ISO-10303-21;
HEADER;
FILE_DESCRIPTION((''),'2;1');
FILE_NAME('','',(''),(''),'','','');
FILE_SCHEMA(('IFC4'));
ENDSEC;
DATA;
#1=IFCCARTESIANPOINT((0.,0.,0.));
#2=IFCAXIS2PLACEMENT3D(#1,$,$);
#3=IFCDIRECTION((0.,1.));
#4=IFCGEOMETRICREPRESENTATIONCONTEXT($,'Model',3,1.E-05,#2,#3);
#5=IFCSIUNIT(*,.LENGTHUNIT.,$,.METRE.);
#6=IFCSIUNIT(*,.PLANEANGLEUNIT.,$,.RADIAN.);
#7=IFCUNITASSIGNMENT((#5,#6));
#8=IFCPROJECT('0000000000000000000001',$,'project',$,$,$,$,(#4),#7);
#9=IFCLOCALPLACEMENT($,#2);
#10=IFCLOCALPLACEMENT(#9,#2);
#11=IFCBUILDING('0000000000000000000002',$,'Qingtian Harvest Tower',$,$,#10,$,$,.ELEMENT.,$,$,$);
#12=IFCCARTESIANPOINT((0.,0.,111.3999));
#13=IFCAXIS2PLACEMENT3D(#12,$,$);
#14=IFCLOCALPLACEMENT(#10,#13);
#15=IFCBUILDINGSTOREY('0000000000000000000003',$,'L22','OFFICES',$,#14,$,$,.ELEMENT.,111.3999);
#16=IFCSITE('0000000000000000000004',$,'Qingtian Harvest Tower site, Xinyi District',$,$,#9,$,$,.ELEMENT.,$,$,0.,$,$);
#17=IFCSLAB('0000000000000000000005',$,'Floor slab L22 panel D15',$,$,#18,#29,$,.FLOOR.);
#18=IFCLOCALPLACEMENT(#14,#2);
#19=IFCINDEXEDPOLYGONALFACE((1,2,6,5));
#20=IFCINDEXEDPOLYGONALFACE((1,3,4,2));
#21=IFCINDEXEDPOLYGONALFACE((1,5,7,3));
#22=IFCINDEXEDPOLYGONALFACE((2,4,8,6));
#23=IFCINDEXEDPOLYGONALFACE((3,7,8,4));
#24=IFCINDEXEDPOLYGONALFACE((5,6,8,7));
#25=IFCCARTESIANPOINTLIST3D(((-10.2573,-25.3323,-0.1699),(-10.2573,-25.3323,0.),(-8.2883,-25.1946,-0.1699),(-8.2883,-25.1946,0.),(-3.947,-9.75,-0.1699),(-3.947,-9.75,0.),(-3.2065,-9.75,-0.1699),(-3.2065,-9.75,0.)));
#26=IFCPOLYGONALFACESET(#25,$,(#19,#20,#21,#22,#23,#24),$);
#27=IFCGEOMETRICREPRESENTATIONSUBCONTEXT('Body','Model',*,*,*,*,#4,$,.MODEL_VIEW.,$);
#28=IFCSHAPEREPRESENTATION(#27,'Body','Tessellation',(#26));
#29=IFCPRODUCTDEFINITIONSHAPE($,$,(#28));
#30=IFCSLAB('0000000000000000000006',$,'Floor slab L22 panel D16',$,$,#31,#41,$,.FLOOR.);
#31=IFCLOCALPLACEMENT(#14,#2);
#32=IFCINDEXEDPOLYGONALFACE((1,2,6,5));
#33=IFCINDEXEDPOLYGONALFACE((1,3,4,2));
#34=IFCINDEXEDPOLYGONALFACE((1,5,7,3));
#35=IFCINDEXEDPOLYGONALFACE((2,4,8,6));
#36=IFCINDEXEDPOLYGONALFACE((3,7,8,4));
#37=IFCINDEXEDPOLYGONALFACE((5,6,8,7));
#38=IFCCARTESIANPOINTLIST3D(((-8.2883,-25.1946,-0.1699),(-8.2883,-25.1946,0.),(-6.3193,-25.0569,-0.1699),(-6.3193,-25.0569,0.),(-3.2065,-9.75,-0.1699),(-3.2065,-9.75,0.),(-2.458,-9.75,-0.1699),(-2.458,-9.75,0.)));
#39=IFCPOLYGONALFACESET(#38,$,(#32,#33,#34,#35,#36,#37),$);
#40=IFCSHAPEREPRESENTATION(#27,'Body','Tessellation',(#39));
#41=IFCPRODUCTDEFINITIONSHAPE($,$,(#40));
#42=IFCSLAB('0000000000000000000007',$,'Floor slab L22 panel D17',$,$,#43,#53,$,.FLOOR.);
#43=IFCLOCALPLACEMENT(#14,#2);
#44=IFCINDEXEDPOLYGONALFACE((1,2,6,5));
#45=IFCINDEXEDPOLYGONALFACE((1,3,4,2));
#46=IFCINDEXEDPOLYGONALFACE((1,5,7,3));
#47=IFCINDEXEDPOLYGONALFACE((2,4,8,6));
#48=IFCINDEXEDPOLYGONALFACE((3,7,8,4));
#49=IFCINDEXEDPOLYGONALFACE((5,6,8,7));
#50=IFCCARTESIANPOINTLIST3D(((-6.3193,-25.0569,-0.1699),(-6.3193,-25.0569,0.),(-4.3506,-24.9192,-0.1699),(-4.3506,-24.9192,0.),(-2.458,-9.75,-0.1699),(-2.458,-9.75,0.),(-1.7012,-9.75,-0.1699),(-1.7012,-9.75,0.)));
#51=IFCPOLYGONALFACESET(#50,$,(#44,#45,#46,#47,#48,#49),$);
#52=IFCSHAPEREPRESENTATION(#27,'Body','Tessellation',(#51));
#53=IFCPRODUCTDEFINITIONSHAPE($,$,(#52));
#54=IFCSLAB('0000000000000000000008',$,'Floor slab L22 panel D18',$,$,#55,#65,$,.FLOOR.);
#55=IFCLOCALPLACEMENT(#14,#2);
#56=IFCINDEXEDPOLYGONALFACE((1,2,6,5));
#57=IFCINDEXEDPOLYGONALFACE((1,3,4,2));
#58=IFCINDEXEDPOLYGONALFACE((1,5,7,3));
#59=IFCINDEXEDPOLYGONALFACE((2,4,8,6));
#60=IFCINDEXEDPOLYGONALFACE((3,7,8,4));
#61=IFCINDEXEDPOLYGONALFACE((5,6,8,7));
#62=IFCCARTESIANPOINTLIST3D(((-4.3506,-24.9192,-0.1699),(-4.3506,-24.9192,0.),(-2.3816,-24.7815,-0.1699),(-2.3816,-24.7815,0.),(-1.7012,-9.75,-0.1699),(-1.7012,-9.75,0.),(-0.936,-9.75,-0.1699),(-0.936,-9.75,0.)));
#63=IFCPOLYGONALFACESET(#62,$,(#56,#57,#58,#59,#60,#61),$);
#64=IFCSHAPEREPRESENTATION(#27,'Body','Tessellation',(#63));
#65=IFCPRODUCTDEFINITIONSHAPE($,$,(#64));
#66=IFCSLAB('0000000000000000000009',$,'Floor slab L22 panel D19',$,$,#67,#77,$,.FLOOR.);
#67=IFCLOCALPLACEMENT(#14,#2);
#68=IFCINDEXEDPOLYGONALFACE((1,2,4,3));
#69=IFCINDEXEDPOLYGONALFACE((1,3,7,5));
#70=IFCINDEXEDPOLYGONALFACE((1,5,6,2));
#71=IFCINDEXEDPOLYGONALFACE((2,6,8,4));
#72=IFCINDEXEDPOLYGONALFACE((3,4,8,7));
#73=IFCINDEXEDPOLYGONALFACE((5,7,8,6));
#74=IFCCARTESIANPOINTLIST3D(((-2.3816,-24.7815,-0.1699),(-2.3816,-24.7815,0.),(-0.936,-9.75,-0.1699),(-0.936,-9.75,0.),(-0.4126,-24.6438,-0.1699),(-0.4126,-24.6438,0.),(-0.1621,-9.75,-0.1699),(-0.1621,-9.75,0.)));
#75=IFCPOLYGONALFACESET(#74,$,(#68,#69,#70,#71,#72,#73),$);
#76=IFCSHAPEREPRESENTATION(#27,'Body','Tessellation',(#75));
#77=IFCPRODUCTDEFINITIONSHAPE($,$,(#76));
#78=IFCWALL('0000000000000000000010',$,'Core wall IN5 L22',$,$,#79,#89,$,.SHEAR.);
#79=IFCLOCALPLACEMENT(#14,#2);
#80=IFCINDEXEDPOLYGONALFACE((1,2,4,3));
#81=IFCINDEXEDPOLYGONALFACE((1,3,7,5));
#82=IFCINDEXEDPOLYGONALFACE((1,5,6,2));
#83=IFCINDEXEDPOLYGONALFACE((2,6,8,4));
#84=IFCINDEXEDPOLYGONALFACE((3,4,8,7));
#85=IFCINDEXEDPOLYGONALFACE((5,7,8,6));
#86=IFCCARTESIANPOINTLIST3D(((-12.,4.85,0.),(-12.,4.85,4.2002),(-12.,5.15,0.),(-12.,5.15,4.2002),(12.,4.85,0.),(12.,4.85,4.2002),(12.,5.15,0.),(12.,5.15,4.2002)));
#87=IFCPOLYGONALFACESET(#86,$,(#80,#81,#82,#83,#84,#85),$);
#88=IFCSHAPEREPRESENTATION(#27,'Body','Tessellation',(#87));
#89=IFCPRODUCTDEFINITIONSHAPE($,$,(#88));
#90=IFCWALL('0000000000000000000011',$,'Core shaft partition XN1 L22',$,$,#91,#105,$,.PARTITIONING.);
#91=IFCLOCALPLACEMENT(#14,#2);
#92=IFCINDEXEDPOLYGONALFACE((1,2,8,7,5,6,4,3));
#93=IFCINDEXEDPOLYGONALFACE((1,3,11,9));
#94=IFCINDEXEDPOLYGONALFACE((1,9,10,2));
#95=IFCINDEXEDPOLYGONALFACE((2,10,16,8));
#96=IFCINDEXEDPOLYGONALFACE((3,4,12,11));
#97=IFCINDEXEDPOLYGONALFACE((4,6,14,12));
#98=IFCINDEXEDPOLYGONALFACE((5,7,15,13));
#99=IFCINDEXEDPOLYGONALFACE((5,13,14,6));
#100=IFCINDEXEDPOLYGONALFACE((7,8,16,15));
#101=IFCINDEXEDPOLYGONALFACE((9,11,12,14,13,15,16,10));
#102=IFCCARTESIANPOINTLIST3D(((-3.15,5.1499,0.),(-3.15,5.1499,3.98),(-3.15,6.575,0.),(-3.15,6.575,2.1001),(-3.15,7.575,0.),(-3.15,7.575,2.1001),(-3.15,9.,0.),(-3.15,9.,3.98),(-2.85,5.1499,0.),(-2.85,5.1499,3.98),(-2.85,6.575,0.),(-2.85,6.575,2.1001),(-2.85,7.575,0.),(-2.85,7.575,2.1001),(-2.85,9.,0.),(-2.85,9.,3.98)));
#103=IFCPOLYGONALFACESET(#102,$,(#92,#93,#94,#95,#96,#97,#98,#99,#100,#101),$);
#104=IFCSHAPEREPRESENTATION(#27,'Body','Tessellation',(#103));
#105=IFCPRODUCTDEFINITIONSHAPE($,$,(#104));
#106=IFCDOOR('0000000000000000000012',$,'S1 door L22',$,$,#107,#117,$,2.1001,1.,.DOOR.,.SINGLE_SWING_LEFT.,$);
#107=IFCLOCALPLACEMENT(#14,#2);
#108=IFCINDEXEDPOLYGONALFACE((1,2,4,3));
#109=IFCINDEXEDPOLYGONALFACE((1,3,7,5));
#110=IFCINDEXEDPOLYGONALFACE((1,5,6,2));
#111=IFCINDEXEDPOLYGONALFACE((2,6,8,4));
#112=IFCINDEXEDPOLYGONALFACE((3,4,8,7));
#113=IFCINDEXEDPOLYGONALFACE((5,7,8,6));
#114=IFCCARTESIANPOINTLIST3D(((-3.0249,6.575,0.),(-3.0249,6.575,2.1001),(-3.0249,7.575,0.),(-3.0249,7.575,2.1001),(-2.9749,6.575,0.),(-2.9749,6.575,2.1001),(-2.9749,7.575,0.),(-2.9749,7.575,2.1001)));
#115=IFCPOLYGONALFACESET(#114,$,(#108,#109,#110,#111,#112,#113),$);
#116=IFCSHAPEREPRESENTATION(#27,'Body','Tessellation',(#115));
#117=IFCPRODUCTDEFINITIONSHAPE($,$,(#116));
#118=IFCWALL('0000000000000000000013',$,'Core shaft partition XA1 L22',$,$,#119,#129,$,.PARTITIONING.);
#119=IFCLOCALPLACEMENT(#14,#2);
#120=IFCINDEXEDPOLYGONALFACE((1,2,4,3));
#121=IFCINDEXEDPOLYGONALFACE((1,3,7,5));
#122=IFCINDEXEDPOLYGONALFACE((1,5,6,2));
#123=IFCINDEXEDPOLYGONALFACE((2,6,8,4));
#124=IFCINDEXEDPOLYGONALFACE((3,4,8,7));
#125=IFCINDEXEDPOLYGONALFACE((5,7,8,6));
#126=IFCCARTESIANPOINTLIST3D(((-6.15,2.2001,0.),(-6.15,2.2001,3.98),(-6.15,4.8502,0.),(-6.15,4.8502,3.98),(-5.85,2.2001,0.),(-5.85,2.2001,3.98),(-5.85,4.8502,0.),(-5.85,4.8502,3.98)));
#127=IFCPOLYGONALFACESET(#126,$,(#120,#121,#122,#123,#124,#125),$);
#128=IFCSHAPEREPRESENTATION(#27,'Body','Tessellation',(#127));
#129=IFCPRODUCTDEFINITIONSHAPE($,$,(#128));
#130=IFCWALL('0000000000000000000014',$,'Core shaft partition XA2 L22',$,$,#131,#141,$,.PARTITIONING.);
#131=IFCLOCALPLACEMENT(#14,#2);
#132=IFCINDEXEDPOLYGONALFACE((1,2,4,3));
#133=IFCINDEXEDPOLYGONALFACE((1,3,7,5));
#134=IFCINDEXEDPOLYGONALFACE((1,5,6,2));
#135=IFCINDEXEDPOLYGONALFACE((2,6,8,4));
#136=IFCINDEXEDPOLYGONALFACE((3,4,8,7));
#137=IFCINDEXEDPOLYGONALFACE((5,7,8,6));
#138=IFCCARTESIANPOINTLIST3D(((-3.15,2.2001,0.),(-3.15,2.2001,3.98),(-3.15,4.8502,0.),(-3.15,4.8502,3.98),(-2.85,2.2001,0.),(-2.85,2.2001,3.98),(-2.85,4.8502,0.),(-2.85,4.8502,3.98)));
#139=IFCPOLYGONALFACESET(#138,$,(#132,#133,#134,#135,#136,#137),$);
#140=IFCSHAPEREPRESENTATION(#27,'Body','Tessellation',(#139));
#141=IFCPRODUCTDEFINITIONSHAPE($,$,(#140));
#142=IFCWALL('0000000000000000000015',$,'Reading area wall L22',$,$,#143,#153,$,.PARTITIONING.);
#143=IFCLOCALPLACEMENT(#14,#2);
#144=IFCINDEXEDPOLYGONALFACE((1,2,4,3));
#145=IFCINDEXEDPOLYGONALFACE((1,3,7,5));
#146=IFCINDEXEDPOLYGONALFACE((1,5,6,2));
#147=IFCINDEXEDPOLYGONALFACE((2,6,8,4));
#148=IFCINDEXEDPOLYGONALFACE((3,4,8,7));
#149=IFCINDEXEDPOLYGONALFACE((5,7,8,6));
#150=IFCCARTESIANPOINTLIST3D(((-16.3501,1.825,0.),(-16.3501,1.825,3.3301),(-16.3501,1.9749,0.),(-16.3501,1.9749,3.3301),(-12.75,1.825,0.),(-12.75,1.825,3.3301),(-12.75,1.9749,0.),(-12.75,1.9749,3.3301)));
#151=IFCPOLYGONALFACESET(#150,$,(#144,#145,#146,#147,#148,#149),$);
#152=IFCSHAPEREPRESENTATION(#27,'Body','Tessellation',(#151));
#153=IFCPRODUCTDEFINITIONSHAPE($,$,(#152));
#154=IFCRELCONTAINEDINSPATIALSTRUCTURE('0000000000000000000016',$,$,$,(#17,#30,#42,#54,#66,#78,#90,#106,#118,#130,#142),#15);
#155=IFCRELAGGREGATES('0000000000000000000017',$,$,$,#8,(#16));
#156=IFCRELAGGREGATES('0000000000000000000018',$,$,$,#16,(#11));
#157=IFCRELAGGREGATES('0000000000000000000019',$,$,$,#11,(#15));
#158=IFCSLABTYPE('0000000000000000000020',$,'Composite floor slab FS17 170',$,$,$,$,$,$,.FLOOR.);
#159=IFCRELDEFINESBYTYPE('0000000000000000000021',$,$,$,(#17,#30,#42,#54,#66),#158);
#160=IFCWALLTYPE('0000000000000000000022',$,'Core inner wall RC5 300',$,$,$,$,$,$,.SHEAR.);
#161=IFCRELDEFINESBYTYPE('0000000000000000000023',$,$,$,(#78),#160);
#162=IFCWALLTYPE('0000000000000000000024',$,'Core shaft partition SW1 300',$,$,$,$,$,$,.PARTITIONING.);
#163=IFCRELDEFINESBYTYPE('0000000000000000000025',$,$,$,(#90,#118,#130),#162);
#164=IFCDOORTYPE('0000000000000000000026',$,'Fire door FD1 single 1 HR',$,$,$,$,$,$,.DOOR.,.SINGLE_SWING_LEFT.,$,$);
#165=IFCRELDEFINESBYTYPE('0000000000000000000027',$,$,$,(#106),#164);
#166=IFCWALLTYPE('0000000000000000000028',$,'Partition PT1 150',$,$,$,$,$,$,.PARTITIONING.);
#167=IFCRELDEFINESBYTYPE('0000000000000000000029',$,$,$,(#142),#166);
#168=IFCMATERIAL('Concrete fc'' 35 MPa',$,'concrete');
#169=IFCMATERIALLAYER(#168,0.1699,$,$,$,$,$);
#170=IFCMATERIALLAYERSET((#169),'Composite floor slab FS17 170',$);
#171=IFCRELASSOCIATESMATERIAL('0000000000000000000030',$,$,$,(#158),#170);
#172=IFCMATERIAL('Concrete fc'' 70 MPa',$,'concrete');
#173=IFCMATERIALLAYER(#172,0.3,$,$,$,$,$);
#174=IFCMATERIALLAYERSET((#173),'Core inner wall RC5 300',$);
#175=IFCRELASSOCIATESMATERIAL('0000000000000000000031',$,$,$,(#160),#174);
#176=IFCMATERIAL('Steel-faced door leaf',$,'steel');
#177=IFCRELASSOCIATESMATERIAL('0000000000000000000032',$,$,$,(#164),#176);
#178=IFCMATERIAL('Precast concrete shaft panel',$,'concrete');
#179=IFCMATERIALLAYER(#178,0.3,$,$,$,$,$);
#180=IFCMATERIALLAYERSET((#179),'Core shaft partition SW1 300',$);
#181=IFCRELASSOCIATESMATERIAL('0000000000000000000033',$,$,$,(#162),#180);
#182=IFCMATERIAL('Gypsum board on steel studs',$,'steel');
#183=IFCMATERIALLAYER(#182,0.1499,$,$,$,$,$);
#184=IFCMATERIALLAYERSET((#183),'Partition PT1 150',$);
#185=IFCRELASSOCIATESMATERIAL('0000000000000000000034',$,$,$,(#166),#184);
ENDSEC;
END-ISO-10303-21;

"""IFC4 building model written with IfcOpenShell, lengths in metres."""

from ifc_helpers import new_model, si_unit, direction, frame, frame_2d, origin, place, context, subcontext, project, spatial, polyline, rectangle, outline, extrude, material, layer, layer_set, type_object, element, fill, save


model = new_model("IFC4")

# Units and contexts
model_context = context("Model", 3, precision=1e-05, world=origin(), true_north=direction((0.0, 1.0)))
body_context = subcontext(model_context, "Body", "Model", "MODEL_VIEW")
ifc_project = project(units=[si_unit("LENGTHUNIT", "METRE"), si_unit("PLANEANGLEUNIT", "RADIAN")], contexts=[model_context])

# Site, building, storey
site_placement = place(None, origin())
site = spatial("IfcSite", under=ifc_project, at=site_placement, Name="Qingtian Harvest Tower site, Xinyi District", CompositionType="ELEMENT", RefElevation=0.0)
building_placement = place(site_placement, origin())
building = spatial("IfcBuilding", under=site, at=building_placement, Name="Qingtian Harvest Tower", CompositionType="ELEMENT")
storey_placement = place(building_placement, frame((0.0, 0.0, 111.3999)))
storey = spatial("IfcBuildingStorey", under=building, at=storey_placement, Name="L22", Description="OFFICES", CompositionType="ELEMENT", Elevation=111.3999)

# Slabs
ifc_material_1 = material(Name="Concrete fc' 35 MPa", Category="concrete")
ifc_layer_1 = layer(ifc_material_1, 0.1699)
ifc_layer_set_1 = layer_set([ifc_layer_1], Name="Composite floor slab FS17 170")
slab_type = type_object("IfcSlabType", Name="Composite floor slab FS17 170", PredefinedType="FLOOR", material=ifc_layer_set_1)
slab_1_placement = place(storey_placement, frame((0.0, 0.0, -0.1699)))
element("IfcSlab", 1, at=slab_1_placement, inside=storey, type_object=slab_type, Name="Floor slab L22 panel D15", PredefinedType="FLOOR", context=body_context, shape_type="SweptSolid", body=[
    extrude(outline(polyline([(-3.2065, -9.75), (-8.2883, -25.1946), (-10.2573, -25.3323), (-3.947, -9.75), (-3.2065, -9.75)])), origin(), (0.0, 0.0, 1.0), 0.1699),
])
slab_2_placement = place(storey_placement, frame((0.0, 0.0, -0.1699)))
element("IfcSlab", 2, at=slab_2_placement, inside=storey, type_object=slab_type, Name="Floor slab L22 panel D16", PredefinedType="FLOOR", context=body_context, shape_type="SweptSolid", body=[
    extrude(outline(polyline([(-2.458, -9.75), (-6.3193, -25.0569), (-8.2883, -25.1946), (-3.2065, -9.75), (-2.458, -9.75)])), origin(), (0.0, 0.0, 1.0), 0.1699),
])
slab_3_placement = place(storey_placement, frame((0.0, 0.0, -0.1699)))
element("IfcSlab", 3, at=slab_3_placement, inside=storey, type_object=slab_type, Name="Floor slab L22 panel D17", PredefinedType="FLOOR", context=body_context, shape_type="SweptSolid", body=[
    extrude(outline(polyline([(-1.7012, -9.75), (-4.3506, -24.9192), (-6.3193, -25.0569), (-2.458, -9.75), (-1.7012, -9.75)])), origin(), (0.0, 0.0, 1.0), 0.1699),
])
slab_4_placement = place(storey_placement, frame((0.0, 0.0, -0.1699)))
element("IfcSlab", 4, at=slab_4_placement, inside=storey, type_object=slab_type, Name="Floor slab L22 panel D18", PredefinedType="FLOOR", context=body_context, shape_type="SweptSolid", body=[
    extrude(outline(polyline([(-0.936, -9.75), (-2.3816, -24.7815), (-4.3506, -24.9192), (-1.7012, -9.75), (-0.936, -9.75)])), origin(), (0.0, 0.0, 1.0), 0.1699),
])
slab_5_placement = place(storey_placement, frame((0.0, 0.0, -0.1699)))
element("IfcSlab", 5, at=slab_5_placement, inside=storey, type_object=slab_type, Name="Floor slab L22 panel D19", PredefinedType="FLOOR", context=body_context, shape_type="SweptSolid", body=[
    extrude(outline(polyline([(-0.1621, -9.75), (-0.4126, -24.6438), (-2.3816, -24.7815), (-0.936, -9.75), (-0.1621, -9.75)])), origin(), (0.0, 0.0, 1.0), 0.1699),
])

# Wall
ifc_material_2 = material(Name="Concrete fc' 70 MPa", Category="concrete")
ifc_layer_2 = layer(ifc_material_2, 0.3)
ifc_layer_set_2 = layer_set([ifc_layer_2], Name="Core inner wall RC5 300")
wall_type_1 = type_object("IfcWallType", Name="Core inner wall RC5 300", PredefinedType="SHEAR", material=ifc_layer_set_2)
wall_1_placement = place(storey_placement, frame((-12.0, 5.0, 0.0), z_axis=(0.0, 0.0, 1.0), x_axis=(1.0, 0.0, 0.0)))
element("IfcWall", 6, at=wall_1_placement, inside=storey, type_object=wall_type_1, Name="Core wall IN5 L22", PredefinedType="SHEAR", context=body_context, shape_type="SweptSolid", body=[
    extrude(rectangle(XDim=24.0, YDim=0.3, at=frame_2d((12.0, 0.0))), origin(), (0.0, 0.0, 1.0), 4.2002),
])

# Shared definitions
ifc_material_3 = material(Name="Steel-faced door leaf", Category="steel")
door_type_1 = type_object("IfcDoorType", Name="Fire door FD1 single 1 HR", OperationType="SINGLE_SWING_LEFT", PredefinedType="DOOR", material=ifc_material_3)

# Wall, opening, door
ifc_material_4 = material(Name="Precast concrete shaft panel", Category="concrete")
ifc_layer_3 = layer(ifc_material_4, 0.3)
ifc_layer_set_3 = layer_set([ifc_layer_3], Name="Core shaft partition SW1 300")
wall_type_2 = type_object("IfcWallType", Name="Core shaft partition SW1 300", PredefinedType="PARTITIONING", material=ifc_layer_set_3)
wall_2_placement = place(storey_placement, frame((-3.0, 5.1499, 0.0), z_axis=(0.0, 0.0, 1.0), x_axis=(0.0, 1.0, 0.0)))
wall_2 = element("IfcWall", 7, at=wall_2_placement, inside=storey, type_object=wall_type_2, Name="Core shaft partition XN1 L22", PredefinedType="PARTITIONING", context=body_context, shape_type="SweptSolid", body=[
    extrude(rectangle(XDim=3.8501, YDim=0.3, at=frame_2d((1.925, 0.0))), origin(), (0.0, 0.0, 1.0), 3.98),
])
opening_1_placement = place(wall_2_placement, frame((1.425, 0.0, 0.0)))
opening_1 = element("IfcOpeningElement", 8, at=opening_1_placement, cuts=wall_2, PredefinedType="OPENING", context=body_context, shape_type="SweptSolid", body=[
    extrude(rectangle(XDim=1.0, YDim=2.1001, at=frame_2d((0.5, 1.05))), frame((0.0, 0.1599, 0.0), z_axis=(0.0, -1.0, 0.0), x_axis=(1.0, 0.0, 0.0)), (0.0, 0.0, 1.0), 0.3201),
])
door_1_placement = place(opening_1_placement, origin())
door_1 = element("IfcDoor", 9, at=door_1_placement, inside=storey, type_object=door_type_1, Name="S1 door L22", OperationType="SINGLE_SWING_LEFT", OverallHeight=2.1001, OverallWidth=1.0, PredefinedType="DOOR", context=body_context, shape_type="SweptSolid", body=[
    extrude(rectangle(XDim=1.0, YDim=2.1001, at=frame_2d((0.5, 1.05))), frame((0.0, 0.0249, 0.0), z_axis=(0.0, -1.0, 0.0), x_axis=(1.0, 0.0, 0.0)), (0.0, 0.0, 1.0), 0.05),
])
fill(opening_1, door_1)

# Walls
for number, where, z_axis, x_axis, name in (
    (10, (-6.0, 2.2, 0.0), (0.0, 0.0, 1.0), (0.0, 1.0, 0.0), "Core shaft partition XA1 L22"),
    (11, (-3.0, 2.2, 0.0), (0.0, 0.0, 1.0), (0.0, 1.0, 0.0), "Core shaft partition XA2 L22"),
):
    element("IfcWall", number, at=place(storey_placement, frame(where, z_axis=z_axis, x_axis=x_axis)), inside=storey, type_object=wall_type_2, Name=name, PredefinedType="PARTITIONING", context=body_context, shape_type="SweptSolid", body=[
        extrude(rectangle(XDim=2.6501, YDim=0.3, at=frame_2d((1.3252, 0.0))), origin(), (0.0, 0.0, 1.0), 3.98),
    ])
ifc_material_5 = material(Name="Gypsum board on steel studs", Category="steel")
ifc_layer_4 = layer(ifc_material_5, 0.1499)
ifc_layer_set_4 = layer_set([ifc_layer_4], Name="Partition PT1 150")
wall_type_3 = type_object("IfcWallType", Name="Partition PT1 150", PredefinedType="PARTITIONING", material=ifc_layer_set_4)
wall_3_placement = place(storey_placement, frame((-12.75, 1.8999, 0.0), z_axis=(0.0, 0.0, 1.0), x_axis=(-1.0, 0.0, 0.0)))
element("IfcWall", 12, at=wall_3_placement, inside=storey, type_object=wall_type_3, Name="Reading area wall L22", PredefinedType="PARTITIONING", context=body_context, shape_type="SweptSolid", body=[
    extrude(rectangle(XDim=3.6001, YDim=0.1499, at=frame_2d((1.8, 0.0))), origin(), (0.0, 0.0, 1.0), 3.3301),
])

save(model, "model.ifc")
